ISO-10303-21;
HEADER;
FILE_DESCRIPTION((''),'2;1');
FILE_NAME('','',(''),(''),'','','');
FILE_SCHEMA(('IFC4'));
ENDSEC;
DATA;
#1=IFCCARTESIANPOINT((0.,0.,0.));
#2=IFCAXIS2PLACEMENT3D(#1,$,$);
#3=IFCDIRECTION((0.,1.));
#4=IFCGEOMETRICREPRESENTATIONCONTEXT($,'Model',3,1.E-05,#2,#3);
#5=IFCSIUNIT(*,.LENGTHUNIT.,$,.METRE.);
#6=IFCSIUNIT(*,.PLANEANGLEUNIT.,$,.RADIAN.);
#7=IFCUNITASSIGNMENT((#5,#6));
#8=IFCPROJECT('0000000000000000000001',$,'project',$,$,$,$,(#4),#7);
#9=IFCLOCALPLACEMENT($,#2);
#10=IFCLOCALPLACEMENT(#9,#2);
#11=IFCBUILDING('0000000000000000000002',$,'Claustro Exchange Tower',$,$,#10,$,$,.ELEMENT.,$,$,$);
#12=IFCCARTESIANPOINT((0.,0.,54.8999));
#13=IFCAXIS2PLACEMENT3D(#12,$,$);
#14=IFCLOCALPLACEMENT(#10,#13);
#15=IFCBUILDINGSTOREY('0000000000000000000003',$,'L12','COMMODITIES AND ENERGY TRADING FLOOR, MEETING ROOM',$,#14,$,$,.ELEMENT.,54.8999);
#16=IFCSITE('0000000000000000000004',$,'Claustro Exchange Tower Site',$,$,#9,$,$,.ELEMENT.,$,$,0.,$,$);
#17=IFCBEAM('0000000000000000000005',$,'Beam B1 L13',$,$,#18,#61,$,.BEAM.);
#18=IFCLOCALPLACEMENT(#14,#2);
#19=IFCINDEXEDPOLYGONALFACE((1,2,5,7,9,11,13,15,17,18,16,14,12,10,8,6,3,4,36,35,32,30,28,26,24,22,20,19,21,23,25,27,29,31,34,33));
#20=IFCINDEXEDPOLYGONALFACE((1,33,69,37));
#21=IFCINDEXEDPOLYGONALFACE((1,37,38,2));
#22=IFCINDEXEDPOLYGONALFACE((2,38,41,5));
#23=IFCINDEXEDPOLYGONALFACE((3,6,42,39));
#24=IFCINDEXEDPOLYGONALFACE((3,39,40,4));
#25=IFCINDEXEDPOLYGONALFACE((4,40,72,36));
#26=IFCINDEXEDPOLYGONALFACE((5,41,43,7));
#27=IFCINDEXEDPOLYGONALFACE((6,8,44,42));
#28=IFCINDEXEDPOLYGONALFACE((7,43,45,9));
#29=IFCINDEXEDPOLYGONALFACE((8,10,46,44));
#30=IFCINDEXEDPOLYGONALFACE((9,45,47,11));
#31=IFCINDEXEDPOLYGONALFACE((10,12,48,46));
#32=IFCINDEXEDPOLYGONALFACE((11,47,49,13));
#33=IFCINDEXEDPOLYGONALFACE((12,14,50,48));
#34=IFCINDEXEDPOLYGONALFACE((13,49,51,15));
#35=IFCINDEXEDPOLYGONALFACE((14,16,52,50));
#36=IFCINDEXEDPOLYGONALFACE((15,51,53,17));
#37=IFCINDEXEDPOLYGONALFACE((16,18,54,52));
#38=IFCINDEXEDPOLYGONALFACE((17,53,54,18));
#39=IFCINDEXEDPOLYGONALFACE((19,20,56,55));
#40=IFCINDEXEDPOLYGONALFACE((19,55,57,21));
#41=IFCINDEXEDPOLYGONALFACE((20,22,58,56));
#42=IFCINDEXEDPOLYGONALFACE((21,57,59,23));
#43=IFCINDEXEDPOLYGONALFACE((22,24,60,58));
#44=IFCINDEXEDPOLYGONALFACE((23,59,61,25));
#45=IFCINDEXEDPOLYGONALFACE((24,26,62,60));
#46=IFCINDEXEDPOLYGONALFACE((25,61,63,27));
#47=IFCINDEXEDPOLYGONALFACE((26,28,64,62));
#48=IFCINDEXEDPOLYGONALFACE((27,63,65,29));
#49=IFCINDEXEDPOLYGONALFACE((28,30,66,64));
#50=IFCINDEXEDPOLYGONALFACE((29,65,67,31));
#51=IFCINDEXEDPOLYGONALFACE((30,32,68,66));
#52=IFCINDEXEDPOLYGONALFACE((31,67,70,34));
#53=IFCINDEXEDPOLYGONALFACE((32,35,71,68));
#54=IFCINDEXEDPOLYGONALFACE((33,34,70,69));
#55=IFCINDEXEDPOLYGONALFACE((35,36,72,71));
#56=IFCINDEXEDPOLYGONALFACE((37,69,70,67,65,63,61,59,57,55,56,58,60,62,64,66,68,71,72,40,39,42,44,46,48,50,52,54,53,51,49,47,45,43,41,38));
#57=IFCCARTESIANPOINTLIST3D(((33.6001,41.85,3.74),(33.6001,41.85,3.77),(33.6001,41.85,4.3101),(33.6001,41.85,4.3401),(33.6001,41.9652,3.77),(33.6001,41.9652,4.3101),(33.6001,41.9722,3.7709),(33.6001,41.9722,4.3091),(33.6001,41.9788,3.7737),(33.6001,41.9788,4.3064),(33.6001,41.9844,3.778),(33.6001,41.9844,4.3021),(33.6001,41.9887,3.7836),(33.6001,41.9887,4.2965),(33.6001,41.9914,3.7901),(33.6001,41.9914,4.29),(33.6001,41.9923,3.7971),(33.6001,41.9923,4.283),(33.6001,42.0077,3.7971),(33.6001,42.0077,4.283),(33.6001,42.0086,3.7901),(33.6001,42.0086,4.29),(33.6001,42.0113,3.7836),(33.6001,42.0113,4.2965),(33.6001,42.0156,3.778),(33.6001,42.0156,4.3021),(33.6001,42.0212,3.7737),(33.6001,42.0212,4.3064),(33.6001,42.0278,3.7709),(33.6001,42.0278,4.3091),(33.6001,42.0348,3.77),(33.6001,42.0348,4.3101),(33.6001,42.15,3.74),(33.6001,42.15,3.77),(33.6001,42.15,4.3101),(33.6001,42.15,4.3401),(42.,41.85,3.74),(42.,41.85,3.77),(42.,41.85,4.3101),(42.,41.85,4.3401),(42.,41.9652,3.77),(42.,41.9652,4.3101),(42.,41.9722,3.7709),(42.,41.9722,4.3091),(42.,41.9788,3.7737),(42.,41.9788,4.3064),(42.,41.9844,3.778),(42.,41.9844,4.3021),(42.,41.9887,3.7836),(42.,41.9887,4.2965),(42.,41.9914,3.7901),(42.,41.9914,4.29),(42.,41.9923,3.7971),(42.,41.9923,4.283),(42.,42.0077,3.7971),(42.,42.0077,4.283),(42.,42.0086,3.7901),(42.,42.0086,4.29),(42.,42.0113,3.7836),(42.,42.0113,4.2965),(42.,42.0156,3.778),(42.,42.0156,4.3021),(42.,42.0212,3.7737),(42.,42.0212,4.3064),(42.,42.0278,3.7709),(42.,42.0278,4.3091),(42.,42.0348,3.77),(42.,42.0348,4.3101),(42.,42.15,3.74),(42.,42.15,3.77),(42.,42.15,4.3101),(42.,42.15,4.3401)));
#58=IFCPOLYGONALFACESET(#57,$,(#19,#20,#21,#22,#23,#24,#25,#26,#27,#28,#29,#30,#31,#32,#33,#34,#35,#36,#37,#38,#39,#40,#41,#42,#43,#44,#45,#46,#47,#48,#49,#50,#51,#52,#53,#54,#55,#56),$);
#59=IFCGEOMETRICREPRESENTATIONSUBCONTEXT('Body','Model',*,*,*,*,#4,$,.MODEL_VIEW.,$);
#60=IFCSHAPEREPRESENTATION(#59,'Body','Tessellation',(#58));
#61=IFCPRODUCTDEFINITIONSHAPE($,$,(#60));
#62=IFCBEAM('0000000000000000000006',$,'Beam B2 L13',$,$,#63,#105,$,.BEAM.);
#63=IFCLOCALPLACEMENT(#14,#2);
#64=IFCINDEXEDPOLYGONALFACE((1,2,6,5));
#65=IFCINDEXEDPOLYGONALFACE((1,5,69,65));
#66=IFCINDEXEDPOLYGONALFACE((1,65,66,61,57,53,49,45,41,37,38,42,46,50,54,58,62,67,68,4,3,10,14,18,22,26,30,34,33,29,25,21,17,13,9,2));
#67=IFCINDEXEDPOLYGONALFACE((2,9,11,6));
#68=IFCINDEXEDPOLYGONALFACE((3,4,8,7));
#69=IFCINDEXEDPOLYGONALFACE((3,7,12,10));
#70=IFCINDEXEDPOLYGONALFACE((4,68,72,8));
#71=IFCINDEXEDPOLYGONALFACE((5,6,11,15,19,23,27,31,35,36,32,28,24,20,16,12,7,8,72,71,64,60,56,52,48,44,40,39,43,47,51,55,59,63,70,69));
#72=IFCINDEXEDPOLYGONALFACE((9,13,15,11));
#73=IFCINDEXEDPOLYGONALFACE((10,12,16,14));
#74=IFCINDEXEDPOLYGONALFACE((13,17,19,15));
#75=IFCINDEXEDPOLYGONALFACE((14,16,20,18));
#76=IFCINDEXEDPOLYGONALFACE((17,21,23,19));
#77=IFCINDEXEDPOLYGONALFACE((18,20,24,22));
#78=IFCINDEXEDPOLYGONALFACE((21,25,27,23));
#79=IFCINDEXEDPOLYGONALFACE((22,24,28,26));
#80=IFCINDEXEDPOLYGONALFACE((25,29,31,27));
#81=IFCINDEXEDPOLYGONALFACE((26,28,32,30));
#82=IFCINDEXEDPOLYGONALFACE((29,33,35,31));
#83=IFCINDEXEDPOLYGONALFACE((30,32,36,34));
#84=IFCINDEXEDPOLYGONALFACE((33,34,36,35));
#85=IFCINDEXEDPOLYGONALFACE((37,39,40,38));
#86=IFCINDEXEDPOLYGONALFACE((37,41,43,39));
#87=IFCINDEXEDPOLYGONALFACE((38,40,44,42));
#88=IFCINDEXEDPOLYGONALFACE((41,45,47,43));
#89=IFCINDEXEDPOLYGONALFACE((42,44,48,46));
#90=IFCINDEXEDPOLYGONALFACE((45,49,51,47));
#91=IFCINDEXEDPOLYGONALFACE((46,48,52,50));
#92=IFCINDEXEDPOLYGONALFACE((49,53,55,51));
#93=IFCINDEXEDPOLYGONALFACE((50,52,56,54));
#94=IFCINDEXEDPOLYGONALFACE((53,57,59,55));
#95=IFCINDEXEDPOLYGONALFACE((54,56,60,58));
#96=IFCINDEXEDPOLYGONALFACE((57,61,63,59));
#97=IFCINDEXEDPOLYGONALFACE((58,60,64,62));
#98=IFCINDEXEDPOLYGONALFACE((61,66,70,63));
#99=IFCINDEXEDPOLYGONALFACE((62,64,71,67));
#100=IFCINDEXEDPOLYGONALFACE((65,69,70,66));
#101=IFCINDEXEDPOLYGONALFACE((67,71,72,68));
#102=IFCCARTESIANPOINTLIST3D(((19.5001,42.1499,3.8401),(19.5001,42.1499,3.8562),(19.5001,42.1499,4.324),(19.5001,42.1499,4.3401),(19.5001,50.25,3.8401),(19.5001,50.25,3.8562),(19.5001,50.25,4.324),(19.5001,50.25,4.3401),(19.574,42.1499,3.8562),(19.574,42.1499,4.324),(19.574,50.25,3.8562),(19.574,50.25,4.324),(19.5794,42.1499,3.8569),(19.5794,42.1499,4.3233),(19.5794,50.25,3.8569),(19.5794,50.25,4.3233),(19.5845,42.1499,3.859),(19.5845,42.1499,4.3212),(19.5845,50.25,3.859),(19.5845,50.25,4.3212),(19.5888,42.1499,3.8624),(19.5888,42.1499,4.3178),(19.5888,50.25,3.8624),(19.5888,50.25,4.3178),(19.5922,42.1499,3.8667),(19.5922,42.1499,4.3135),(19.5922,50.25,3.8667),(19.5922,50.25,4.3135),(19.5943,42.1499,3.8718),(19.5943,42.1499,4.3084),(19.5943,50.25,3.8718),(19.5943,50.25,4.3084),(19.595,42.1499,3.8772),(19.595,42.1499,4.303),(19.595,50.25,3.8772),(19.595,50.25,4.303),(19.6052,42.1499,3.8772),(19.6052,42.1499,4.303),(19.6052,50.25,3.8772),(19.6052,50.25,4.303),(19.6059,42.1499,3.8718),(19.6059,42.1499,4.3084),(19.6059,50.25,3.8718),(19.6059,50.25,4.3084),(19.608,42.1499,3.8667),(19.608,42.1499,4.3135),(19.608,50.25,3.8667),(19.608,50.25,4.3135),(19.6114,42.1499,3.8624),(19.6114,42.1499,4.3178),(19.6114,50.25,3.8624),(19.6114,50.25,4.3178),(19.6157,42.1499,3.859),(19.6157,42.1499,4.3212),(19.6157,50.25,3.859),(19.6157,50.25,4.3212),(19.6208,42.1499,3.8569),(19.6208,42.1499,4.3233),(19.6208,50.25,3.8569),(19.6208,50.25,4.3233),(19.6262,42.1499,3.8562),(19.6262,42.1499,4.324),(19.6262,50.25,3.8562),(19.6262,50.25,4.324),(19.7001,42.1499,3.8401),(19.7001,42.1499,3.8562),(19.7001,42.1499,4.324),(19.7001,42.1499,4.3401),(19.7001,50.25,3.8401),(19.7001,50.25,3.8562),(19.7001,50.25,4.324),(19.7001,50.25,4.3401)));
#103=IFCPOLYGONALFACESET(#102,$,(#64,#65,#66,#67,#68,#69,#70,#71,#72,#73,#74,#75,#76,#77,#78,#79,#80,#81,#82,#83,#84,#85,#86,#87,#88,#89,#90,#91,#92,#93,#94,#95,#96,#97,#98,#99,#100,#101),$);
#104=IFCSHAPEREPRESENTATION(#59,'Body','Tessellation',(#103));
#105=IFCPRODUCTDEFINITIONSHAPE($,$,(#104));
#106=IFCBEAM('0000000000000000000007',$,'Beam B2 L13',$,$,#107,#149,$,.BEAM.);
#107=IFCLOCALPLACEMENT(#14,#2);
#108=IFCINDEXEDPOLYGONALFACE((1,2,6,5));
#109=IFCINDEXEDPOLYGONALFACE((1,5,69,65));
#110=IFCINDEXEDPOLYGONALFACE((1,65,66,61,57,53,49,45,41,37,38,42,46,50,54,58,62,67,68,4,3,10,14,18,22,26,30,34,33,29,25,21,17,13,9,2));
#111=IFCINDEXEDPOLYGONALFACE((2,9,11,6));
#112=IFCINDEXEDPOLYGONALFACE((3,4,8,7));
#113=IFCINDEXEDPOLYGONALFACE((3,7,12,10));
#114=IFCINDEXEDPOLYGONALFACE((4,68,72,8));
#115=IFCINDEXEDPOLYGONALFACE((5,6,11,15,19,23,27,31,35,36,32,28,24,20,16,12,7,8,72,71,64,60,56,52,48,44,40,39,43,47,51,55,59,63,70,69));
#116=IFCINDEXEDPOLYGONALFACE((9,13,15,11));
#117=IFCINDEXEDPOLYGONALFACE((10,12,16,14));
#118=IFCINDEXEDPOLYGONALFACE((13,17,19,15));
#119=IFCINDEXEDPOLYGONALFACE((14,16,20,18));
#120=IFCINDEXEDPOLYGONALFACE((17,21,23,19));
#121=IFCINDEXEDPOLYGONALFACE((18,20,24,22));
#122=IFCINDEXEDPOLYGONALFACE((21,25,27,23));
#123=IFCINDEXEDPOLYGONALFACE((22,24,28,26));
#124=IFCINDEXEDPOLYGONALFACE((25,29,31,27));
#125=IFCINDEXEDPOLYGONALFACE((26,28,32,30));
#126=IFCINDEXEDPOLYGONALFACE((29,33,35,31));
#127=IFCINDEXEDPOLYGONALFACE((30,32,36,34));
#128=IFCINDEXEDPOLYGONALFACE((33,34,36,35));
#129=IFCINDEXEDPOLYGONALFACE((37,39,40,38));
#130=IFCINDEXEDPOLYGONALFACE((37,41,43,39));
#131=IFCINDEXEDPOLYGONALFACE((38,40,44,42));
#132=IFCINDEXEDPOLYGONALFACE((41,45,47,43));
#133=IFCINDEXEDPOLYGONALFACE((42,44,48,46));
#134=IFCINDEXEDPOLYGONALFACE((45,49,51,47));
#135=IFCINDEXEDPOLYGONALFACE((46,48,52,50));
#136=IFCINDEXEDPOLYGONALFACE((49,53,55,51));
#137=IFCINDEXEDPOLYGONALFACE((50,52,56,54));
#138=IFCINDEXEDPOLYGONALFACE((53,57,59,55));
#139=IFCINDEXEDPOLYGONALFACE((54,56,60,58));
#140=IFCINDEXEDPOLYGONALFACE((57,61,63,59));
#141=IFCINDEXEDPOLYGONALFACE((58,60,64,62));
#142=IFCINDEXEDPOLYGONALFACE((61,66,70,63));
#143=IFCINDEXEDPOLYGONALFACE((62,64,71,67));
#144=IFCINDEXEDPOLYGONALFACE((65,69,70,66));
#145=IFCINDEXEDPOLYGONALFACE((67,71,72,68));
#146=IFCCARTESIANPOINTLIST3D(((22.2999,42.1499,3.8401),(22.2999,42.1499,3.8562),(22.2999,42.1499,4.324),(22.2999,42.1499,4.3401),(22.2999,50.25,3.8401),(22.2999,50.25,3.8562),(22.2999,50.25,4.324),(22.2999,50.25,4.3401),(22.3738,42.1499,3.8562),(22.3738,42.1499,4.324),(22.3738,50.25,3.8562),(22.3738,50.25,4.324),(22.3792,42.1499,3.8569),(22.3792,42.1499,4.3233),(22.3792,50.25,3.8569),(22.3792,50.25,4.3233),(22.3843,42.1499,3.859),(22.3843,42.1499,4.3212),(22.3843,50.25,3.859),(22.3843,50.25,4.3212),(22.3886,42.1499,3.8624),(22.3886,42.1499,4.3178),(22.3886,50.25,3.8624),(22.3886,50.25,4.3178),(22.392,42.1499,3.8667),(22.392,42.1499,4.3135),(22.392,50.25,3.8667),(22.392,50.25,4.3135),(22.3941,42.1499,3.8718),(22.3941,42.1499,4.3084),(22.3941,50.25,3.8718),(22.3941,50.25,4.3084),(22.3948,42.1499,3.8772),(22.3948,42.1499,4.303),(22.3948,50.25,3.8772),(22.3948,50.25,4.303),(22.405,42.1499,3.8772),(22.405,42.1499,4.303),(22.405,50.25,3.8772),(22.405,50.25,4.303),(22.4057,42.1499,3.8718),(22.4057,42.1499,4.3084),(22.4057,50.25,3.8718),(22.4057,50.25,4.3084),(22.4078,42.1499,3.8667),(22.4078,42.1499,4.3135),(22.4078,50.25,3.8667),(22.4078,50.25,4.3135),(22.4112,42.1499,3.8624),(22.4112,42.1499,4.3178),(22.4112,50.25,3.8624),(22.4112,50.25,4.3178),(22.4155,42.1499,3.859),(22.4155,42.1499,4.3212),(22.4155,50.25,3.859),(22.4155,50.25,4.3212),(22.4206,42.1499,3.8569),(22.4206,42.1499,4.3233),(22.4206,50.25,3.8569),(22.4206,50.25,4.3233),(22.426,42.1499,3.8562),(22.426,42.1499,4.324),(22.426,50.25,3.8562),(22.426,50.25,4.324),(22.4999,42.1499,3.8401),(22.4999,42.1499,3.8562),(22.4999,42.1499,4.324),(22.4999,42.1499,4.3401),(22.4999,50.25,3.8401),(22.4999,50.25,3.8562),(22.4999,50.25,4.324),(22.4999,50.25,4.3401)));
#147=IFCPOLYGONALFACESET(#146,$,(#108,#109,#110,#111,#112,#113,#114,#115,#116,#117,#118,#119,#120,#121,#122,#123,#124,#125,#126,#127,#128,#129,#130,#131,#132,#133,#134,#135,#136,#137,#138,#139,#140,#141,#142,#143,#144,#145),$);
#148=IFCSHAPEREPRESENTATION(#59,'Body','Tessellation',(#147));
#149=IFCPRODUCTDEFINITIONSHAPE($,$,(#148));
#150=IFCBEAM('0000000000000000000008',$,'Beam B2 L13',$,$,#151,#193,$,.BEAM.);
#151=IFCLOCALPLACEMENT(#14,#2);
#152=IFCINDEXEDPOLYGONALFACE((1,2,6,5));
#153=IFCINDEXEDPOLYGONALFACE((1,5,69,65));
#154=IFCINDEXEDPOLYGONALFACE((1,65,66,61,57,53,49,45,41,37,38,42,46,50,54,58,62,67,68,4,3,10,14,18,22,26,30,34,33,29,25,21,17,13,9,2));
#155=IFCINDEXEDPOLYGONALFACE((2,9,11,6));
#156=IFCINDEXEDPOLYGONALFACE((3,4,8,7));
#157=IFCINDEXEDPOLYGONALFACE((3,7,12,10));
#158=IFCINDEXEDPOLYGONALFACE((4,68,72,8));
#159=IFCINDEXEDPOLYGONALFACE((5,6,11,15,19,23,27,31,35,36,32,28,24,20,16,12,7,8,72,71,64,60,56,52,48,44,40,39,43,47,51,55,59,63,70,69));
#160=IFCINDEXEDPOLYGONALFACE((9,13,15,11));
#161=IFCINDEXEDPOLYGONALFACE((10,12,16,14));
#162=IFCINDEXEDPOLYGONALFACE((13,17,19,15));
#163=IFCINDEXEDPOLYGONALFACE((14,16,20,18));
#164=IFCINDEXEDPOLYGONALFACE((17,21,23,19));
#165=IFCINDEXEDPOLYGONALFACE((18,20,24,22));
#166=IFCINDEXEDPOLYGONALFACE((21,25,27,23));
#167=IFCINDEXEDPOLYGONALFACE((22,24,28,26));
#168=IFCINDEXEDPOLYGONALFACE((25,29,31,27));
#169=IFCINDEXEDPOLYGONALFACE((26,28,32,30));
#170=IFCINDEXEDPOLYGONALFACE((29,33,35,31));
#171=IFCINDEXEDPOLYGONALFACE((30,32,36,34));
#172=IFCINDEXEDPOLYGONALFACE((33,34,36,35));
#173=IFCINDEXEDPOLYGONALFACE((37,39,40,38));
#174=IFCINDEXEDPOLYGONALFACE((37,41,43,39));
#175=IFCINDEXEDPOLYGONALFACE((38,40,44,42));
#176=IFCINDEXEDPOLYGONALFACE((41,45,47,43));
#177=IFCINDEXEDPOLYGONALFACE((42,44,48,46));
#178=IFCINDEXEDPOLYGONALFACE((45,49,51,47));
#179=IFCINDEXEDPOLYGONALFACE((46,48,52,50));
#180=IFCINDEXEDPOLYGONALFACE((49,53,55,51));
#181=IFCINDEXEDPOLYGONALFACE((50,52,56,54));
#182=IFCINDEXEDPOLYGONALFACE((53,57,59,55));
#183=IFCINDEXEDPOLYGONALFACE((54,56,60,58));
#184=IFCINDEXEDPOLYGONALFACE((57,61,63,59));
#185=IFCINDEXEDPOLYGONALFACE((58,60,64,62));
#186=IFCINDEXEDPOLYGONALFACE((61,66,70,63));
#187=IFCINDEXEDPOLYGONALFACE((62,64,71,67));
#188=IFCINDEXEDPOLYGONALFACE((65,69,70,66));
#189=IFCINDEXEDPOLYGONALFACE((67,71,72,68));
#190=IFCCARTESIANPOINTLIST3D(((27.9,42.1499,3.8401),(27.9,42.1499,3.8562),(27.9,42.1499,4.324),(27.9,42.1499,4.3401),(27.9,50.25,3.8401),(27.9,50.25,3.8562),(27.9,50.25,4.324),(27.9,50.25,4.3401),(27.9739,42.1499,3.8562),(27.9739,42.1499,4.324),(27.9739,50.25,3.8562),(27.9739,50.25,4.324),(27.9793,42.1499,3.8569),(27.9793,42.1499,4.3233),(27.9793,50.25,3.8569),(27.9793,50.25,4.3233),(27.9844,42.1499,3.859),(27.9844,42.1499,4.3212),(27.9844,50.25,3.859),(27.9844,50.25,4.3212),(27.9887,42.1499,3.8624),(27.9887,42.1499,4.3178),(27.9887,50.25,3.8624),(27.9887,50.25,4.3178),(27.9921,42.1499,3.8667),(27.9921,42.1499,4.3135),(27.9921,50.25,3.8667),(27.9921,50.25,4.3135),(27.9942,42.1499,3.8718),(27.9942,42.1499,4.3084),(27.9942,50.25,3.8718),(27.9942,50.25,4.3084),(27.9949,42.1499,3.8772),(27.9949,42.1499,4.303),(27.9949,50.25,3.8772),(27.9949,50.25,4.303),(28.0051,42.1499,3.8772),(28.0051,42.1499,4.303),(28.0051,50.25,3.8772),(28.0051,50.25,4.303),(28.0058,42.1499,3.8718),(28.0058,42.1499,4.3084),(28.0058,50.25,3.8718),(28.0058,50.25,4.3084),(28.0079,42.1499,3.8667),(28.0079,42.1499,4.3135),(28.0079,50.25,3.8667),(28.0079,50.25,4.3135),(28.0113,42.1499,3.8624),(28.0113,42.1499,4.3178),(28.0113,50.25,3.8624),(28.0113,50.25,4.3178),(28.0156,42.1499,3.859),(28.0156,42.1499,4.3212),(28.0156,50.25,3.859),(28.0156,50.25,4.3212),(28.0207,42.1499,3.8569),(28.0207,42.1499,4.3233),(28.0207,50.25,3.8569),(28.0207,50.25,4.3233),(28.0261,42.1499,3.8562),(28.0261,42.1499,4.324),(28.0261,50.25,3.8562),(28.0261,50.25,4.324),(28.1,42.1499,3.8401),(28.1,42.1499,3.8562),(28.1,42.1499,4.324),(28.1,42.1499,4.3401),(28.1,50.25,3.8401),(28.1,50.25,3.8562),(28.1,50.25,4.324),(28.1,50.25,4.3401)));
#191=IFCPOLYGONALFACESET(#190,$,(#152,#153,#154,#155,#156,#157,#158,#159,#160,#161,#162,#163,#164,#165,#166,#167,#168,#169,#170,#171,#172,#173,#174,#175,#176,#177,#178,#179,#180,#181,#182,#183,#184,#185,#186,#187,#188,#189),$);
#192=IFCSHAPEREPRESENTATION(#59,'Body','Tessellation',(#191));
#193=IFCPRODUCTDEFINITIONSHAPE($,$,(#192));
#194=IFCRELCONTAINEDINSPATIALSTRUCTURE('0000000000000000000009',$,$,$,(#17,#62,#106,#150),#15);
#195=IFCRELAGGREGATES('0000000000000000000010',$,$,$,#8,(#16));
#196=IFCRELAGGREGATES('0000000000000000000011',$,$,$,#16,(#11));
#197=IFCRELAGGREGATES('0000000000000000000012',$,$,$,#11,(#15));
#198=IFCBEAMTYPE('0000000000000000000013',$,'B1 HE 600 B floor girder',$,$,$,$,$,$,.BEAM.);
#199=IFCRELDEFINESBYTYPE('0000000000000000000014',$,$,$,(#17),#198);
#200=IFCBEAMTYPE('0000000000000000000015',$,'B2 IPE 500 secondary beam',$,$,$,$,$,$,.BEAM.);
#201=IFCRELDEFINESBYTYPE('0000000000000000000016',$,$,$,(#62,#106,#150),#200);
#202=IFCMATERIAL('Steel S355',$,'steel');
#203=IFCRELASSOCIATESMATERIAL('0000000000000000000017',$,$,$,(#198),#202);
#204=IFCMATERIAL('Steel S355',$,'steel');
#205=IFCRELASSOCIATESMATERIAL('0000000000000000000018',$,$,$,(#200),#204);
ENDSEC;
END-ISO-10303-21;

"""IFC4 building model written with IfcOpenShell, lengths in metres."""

from ifc_helpers import new_model, si_unit, direction, frame, origin, origin_2d, place, context, subcontext, project, spatial, i_section, extrude, material, material_profile, profile_set, type_object, element, save


model = new_model("IFC4")

# Units and contexts
model_context = context("Model", 3, precision=1e-05, world=origin(), true_north=direction((0.0, 1.0)))
body_context = subcontext(model_context, "Body", "Model", "MODEL_VIEW")
ifc_project = project(units=[si_unit("LENGTHUNIT", "METRE"), si_unit("PLANEANGLEUNIT", "RADIAN")], contexts=[model_context])

# Site, building, storey
site_placement = place(None, origin())
site = spatial("IfcSite", under=ifc_project, at=site_placement, Name="Claustro Exchange Tower Site", CompositionType="ELEMENT", RefElevation=0.0)
building_placement = place(site_placement, origin())
building = spatial("IfcBuilding", under=site, at=building_placement, Name="Claustro Exchange Tower", CompositionType="ELEMENT")
storey_placement = place(building_placement, frame((0.0, 0.0, 54.8999)))
storey = spatial("IfcBuildingStorey", under=building, at=storey_placement, Name="L12", Description="COMMODITIES AND ENERGY TRADING FLOOR, MEETING ROOM", CompositionType="ELEMENT", Elevation=54.8999)

# Beams
ifc_material_1 = material(Name="Steel S355", Category="steel")
ifc_material_profile_1 = material_profile(ifc_material_1, i_section(OverallWidth=0.3, OverallDepth=0.6001, WebThickness=0.0154, FlangeThickness=0.03, FilletRadius=0.0271, at=origin_2d()), Name="HE 600 B")
ifc_profile_set_1 = profile_set([ifc_material_profile_1], Name="Steel S355")
beam_type_1 = type_object("IfcBeamType", Name="B1 HE 600 B floor girder", PredefinedType="BEAM", material=ifc_profile_set_1)
beam_1_placement = place(storey_placement, frame((33.6001, 42.0, 4.04), z_axis=(1.0, 0.0, 0.0), x_axis=(0.0, 1.0, 0.0)))
element("IfcBeam", 1, at=beam_1_placement, inside=storey, type_object=beam_type_1, Name="Beam B1 L13", PredefinedType="BEAM", context=body_context, shape_type="SweptSolid", body=[
    extrude(i_section(OverallWidth=0.3, OverallDepth=0.6001, WebThickness=0.0154, FlangeThickness=0.03, FilletRadius=0.0271, at=origin_2d()), origin(), (0.0, 0.0, 1.0), 8.3999),
])
ifc_material_2 = material(Name="Steel S355", Category="steel")
ifc_material_profile_2 = material_profile(ifc_material_2, i_section(OverallWidth=0.2, OverallDepth=0.5, WebThickness=0.0103, FlangeThickness=0.0161, FilletRadius=0.021, at=origin_2d()), Name="IPE 500")
ifc_profile_set_2 = profile_set([ifc_material_profile_2], Name="Steel S355")
beam_type_2 = type_object("IfcBeamType", Name="B2 IPE 500 secondary beam", PredefinedType="BEAM", material=ifc_profile_set_2)
for number, where, z_axis, x_axis, name in (
    (2, (19.6001, 42.1499, 4.0901), (0.0, 1.0, 0.0), (-1.0, 0.0, 0.0), "Beam B2 L13"),
    (3, (22.3999, 42.1499, 4.0901), (0.0, 1.0, 0.0), (-1.0, 0.0, 0.0), "Beam B2 L13"),
    (4, (28.0, 42.1499, 4.0901), (0.0, 1.0, 0.0), (-1.0, 0.0, 0.0), "Beam B2 L13"),
):
    element("IfcBeam", number, at=place(storey_placement, frame(where, z_axis=z_axis, x_axis=x_axis)), inside=storey, type_object=beam_type_2, Name=name, PredefinedType="BEAM", context=body_context, shape_type="SweptSolid", body=[
        extrude(i_section(OverallWidth=0.2, OverallDepth=0.5, WebThickness=0.0103, FlangeThickness=0.0161, FilletRadius=0.021, at=origin_2d()), origin(), (0.0, 0.0, 1.0), 8.1001),
    ])

save(model, "model.ifc")
